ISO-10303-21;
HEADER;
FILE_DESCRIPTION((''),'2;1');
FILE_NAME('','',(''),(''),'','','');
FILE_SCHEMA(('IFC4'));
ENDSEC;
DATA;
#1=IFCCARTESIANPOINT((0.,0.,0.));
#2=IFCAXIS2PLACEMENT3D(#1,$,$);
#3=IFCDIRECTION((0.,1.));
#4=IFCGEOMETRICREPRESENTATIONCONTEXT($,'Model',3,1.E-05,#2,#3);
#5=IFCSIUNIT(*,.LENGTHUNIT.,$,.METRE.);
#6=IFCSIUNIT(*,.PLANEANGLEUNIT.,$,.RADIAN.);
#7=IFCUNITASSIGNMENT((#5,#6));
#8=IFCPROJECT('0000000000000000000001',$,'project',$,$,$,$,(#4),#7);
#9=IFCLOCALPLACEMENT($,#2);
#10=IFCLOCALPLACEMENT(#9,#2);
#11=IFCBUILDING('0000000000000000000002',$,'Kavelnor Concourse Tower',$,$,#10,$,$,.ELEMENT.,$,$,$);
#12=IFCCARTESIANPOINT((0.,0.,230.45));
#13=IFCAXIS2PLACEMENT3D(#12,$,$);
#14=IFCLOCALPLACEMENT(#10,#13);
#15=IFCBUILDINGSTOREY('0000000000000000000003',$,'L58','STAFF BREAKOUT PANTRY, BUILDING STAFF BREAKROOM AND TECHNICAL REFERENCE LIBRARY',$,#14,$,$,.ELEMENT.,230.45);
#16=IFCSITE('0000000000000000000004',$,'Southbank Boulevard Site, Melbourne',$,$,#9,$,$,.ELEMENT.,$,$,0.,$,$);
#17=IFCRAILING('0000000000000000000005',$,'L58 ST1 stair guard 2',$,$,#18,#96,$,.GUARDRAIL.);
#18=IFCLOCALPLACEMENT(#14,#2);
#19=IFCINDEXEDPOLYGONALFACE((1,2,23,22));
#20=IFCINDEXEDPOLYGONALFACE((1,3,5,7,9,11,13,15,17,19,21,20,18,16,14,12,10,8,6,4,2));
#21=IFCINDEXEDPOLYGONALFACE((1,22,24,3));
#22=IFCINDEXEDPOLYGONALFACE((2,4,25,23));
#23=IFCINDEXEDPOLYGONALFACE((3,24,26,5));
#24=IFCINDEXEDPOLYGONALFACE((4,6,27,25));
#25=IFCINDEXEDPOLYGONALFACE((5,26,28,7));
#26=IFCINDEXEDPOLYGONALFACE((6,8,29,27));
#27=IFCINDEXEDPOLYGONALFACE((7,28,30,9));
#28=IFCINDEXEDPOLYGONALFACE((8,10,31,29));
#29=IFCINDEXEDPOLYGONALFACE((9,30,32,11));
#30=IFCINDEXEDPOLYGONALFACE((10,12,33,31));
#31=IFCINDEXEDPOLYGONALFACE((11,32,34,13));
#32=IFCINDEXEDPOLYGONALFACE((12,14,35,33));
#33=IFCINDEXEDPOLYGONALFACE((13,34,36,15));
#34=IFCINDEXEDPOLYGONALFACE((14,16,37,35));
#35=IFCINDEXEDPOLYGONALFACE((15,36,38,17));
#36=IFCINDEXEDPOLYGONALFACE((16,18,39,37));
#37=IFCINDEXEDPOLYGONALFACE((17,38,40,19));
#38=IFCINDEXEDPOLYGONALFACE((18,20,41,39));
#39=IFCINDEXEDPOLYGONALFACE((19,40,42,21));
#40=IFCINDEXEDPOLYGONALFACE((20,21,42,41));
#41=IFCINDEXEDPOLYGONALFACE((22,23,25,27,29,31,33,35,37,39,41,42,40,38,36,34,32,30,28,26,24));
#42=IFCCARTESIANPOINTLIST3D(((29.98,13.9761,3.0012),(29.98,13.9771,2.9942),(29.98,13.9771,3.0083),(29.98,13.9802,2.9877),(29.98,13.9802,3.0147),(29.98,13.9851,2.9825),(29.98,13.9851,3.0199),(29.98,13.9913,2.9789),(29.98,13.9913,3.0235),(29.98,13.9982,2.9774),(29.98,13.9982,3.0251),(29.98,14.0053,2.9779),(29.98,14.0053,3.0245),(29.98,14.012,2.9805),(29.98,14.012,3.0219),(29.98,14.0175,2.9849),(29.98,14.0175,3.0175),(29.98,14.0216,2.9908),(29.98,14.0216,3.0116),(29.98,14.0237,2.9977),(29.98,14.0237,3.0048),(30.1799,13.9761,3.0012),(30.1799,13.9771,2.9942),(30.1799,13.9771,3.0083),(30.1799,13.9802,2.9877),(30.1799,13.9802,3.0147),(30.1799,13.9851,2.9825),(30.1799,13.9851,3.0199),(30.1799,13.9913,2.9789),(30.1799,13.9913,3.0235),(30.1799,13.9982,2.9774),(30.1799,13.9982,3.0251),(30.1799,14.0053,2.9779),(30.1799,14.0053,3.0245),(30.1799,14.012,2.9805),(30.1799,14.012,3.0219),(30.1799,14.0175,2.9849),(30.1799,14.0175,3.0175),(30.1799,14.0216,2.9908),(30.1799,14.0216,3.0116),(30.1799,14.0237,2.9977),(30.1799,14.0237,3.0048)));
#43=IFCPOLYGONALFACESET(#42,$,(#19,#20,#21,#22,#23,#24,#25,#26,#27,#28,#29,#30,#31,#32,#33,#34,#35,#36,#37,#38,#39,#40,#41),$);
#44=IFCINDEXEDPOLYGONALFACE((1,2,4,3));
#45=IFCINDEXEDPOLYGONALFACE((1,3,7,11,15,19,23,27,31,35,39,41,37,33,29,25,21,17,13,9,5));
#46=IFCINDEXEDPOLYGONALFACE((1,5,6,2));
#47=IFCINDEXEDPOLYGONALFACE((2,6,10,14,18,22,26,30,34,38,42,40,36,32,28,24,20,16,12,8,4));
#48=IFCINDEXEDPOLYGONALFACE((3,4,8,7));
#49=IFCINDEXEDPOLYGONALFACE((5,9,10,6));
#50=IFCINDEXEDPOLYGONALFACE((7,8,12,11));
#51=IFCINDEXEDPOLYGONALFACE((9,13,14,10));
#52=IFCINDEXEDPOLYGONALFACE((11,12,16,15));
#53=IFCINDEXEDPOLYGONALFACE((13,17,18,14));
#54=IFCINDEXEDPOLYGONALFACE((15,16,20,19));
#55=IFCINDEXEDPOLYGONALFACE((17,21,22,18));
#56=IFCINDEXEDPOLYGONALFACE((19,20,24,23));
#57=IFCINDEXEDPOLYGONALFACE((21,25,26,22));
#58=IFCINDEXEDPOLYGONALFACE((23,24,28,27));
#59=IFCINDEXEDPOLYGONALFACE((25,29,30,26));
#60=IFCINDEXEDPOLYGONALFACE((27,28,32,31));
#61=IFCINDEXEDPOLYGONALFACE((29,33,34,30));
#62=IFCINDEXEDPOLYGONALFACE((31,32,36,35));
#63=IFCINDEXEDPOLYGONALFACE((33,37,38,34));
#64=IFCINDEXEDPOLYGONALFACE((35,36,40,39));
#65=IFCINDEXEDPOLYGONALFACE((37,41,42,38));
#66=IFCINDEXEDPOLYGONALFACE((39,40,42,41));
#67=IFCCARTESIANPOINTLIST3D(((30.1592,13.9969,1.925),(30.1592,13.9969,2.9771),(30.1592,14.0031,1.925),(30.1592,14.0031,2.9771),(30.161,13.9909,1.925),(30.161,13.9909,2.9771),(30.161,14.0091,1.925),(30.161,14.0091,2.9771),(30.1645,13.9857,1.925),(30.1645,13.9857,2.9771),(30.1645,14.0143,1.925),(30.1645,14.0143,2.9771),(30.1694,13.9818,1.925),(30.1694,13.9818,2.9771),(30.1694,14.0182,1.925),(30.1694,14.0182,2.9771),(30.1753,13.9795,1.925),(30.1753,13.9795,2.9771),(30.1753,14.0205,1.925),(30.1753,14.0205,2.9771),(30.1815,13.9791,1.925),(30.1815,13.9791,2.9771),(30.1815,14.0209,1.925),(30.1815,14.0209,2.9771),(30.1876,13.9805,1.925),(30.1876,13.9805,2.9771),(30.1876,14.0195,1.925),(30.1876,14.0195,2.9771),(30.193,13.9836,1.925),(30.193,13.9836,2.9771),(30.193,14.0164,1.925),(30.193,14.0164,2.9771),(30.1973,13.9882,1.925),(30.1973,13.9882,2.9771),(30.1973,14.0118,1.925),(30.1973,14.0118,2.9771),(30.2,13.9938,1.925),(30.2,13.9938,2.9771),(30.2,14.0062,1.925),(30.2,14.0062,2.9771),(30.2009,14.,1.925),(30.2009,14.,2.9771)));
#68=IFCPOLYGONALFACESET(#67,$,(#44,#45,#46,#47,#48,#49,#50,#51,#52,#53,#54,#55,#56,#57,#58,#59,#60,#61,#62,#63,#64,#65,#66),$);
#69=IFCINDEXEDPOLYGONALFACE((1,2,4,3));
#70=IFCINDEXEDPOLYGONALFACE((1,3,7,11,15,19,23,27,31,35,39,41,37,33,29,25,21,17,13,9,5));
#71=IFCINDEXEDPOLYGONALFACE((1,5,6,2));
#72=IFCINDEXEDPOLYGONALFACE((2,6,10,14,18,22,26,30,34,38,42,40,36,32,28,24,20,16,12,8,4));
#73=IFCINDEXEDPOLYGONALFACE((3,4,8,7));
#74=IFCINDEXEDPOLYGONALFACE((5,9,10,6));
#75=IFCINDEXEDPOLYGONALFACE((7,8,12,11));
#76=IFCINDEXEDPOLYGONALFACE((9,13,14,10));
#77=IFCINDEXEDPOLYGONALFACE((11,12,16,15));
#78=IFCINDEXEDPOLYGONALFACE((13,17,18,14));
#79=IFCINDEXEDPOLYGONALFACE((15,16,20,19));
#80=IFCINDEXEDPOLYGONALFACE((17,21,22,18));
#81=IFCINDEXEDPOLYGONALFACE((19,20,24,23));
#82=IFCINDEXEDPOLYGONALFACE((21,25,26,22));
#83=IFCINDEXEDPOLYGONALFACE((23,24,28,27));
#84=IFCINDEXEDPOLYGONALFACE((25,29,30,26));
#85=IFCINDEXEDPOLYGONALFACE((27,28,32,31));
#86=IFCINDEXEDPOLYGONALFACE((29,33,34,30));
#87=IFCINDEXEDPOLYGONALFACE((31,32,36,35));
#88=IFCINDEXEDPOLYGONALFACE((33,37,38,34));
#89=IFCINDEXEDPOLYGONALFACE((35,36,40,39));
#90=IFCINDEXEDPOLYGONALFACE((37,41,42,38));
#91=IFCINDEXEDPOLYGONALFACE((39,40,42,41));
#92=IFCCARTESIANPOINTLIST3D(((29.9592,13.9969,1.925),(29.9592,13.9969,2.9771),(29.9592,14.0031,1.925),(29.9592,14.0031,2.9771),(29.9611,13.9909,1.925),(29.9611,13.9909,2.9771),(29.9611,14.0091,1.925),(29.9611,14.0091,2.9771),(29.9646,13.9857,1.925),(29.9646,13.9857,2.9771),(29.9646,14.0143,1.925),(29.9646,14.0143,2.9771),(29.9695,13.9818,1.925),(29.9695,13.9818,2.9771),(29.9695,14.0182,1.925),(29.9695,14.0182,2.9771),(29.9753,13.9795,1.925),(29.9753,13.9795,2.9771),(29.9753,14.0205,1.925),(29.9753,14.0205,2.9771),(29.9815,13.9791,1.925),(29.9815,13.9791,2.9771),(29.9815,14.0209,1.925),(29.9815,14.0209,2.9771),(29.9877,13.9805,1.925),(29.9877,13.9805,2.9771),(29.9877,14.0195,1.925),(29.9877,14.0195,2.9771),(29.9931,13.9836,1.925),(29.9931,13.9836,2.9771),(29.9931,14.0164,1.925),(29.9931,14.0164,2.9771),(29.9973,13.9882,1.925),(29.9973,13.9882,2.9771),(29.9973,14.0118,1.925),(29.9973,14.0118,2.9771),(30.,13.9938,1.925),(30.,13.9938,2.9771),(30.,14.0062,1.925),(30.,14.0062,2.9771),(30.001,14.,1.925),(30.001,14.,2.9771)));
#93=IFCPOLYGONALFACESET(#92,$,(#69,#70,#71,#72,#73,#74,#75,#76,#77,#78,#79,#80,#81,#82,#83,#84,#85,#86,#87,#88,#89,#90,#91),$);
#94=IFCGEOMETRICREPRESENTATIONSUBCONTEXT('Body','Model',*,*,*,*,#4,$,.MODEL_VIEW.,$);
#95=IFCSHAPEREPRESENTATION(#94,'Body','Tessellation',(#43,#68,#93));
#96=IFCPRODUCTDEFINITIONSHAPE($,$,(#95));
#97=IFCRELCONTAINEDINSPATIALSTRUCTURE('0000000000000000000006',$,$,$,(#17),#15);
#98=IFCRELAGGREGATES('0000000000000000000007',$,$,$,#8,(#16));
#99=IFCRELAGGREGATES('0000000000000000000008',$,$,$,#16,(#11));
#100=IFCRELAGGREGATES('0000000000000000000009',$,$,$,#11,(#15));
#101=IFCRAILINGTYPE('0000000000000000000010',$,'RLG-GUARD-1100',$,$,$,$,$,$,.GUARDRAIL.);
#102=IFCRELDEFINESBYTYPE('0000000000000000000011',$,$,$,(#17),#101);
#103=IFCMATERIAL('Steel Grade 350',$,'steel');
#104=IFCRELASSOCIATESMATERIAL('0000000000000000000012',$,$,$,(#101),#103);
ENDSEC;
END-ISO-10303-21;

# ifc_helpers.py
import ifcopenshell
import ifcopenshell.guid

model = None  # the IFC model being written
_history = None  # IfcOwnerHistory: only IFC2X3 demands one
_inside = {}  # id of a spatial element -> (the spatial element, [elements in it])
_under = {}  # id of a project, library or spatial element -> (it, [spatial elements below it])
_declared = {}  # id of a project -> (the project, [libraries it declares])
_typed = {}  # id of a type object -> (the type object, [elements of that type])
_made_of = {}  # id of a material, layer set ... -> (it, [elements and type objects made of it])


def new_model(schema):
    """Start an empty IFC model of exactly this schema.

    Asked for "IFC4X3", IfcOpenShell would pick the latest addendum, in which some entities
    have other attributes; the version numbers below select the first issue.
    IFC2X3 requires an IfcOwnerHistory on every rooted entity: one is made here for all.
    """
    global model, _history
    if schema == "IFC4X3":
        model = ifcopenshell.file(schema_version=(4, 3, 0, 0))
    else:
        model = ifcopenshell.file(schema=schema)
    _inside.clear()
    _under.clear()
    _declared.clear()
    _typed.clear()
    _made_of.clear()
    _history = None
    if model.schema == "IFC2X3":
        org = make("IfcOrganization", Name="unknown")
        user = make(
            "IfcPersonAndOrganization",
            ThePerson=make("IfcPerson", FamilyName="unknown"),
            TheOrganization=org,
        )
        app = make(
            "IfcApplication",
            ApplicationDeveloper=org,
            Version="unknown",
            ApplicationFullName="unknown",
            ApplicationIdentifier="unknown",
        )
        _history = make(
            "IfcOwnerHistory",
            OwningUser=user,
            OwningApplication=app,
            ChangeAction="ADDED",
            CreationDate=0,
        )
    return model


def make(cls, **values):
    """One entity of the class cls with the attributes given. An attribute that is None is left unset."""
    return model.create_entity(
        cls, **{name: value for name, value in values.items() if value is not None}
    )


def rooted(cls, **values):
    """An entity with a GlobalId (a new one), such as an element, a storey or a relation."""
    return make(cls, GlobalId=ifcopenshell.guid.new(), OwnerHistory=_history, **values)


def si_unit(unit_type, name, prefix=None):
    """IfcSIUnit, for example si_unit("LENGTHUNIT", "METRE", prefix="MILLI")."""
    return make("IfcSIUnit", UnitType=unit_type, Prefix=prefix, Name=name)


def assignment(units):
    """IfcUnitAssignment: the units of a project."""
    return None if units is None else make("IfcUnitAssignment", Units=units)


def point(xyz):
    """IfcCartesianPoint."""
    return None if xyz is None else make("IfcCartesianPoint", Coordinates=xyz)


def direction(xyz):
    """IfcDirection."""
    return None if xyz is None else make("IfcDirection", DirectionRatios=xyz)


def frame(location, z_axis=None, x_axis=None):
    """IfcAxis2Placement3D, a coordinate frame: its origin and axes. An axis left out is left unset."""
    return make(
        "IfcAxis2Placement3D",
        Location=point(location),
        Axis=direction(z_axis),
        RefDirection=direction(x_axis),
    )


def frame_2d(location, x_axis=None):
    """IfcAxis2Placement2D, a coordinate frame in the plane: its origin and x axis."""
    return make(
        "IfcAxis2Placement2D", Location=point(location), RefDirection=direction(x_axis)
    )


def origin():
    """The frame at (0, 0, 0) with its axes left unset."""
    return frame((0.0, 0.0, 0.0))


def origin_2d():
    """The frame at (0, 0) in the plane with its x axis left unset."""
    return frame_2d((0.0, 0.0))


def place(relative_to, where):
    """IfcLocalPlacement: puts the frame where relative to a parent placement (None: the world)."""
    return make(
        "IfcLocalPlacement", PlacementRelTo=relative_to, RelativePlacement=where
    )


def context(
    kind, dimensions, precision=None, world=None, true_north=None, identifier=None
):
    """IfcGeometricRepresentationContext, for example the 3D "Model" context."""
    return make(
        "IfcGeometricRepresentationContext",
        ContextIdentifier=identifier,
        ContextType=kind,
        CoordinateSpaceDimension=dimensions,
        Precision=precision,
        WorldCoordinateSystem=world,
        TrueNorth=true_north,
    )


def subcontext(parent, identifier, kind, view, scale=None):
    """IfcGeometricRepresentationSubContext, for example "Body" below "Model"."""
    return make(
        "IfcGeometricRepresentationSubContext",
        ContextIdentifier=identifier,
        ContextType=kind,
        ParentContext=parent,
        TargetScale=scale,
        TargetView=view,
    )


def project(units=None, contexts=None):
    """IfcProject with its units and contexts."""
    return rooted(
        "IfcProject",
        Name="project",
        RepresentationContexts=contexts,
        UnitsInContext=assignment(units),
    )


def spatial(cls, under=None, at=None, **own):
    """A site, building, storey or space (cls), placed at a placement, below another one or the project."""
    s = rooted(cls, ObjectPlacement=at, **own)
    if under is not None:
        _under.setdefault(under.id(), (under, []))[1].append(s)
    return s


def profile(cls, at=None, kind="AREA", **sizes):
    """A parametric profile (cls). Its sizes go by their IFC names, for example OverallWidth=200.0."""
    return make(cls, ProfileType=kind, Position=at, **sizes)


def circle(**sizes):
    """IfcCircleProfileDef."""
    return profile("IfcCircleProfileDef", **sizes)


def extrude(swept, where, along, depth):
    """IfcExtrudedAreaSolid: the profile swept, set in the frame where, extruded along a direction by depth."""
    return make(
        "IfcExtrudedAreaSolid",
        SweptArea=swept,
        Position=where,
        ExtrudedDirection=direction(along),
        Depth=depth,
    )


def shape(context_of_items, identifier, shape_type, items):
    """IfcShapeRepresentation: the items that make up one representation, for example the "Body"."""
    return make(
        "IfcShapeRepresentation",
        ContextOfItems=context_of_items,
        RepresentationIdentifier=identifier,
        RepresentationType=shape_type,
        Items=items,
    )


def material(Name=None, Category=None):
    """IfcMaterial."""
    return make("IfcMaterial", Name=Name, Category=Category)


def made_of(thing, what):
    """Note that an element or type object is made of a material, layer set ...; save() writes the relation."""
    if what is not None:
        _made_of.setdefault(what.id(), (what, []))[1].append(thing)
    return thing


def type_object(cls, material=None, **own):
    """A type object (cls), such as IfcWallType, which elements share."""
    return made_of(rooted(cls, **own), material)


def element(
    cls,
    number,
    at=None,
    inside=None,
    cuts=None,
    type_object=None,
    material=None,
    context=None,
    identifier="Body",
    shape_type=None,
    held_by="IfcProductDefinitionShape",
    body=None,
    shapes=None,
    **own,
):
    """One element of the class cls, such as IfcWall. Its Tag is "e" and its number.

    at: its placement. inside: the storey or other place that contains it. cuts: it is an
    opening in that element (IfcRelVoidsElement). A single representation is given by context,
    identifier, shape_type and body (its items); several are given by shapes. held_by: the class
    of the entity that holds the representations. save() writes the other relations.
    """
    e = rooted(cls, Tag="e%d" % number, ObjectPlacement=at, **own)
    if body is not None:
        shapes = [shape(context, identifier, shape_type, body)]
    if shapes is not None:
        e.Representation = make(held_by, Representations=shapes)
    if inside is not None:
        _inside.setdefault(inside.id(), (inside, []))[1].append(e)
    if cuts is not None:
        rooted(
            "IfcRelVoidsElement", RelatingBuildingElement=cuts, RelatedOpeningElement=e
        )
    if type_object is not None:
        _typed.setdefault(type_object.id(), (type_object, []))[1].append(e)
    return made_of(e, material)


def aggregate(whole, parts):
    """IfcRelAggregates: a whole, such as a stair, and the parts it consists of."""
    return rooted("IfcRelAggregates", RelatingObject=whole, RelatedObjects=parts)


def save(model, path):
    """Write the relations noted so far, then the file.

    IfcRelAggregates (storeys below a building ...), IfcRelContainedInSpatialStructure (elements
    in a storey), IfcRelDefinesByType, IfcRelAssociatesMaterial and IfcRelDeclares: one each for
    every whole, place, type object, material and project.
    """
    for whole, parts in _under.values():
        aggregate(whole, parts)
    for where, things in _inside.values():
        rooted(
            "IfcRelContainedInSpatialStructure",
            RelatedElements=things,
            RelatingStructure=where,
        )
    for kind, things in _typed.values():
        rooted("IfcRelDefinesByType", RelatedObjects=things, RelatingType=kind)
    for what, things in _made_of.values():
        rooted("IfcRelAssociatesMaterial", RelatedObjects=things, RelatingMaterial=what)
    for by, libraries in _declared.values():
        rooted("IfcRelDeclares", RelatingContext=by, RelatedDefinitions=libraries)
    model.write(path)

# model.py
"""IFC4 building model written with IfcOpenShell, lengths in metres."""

from ifc_helpers import new_model, si_unit, direction, frame, origin, origin_2d, place, context, subcontext, project, spatial, circle, extrude, material, type_object, element, save


model = new_model("IFC4")

# Units and contexts
model_context = context("Model", 3, precision=1e-05, world=origin(), true_north=direction((0.0, 1.0)))
body_context = subcontext(model_context, "Body", "Model", "MODEL_VIEW")
ifc_project = project(units=[si_unit("LENGTHUNIT", "METRE"), si_unit("PLANEANGLEUNIT", "RADIAN")], contexts=[model_context])

# Site, building, storey
site_placement = place(None, origin())
site = spatial("IfcSite", under=ifc_project, at=site_placement, Name="Southbank Boulevard Site, Melbourne", CompositionType="ELEMENT", RefElevation=0.0)
building_placement = place(site_placement, origin())
building = spatial("IfcBuilding", under=site, at=building_placement, Name="Kavelnor Concourse Tower", CompositionType="ELEMENT")
storey_placement = place(building_placement, frame((0.0, 0.0, 230.45)))
storey = spatial("IfcBuildingStorey", under=building, at=storey_placement, Name="L58", Description="STAFF BREAKOUT PANTRY, BUILDING STAFF BREAKROOM AND TECHNICAL REFERENCE LIBRARY", CompositionType="ELEMENT", Elevation=230.45)

# Shared definitions
ifc_material_1 = material(Name="Steel Grade 350", Category="steel")

# Railing
railing_type_1 = type_object("IfcRailingType", Name="RLG-GUARD-1100", PredefinedType="GUARDRAIL", material=ifc_material_1)
railing_1_placement = place(storey_placement, frame((30.1799, 14.0, 1.925)))
element("IfcRailing", 1, at=railing_1_placement, inside=storey, type_object=railing_type_1, Name="L58 ST1 stair guard 2", PredefinedType="GUARDRAIL", context=body_context, shape_type="SweptSolid", body=[
    extrude(circle(Radius=0.0239, at=origin_2d()), frame((0.0, 0.0, 1.0762), z_axis=(-1.0, 0.0, 0.0), x_axis=(0.0, -1.0, 0.0)), (0.0, 0.0, 1.0), 0.2),
    extrude(circle(Radius=0.021, at=origin_2d()), origin(), (0.0, 0.0, 1.0), 1.052),
    extrude(circle(Radius=0.021, at=origin_2d()), frame((-0.2, 0.0, 0.0)), (0.0, 0.0, 1.0), 1.052),
])

save(model, "model.ifc")
